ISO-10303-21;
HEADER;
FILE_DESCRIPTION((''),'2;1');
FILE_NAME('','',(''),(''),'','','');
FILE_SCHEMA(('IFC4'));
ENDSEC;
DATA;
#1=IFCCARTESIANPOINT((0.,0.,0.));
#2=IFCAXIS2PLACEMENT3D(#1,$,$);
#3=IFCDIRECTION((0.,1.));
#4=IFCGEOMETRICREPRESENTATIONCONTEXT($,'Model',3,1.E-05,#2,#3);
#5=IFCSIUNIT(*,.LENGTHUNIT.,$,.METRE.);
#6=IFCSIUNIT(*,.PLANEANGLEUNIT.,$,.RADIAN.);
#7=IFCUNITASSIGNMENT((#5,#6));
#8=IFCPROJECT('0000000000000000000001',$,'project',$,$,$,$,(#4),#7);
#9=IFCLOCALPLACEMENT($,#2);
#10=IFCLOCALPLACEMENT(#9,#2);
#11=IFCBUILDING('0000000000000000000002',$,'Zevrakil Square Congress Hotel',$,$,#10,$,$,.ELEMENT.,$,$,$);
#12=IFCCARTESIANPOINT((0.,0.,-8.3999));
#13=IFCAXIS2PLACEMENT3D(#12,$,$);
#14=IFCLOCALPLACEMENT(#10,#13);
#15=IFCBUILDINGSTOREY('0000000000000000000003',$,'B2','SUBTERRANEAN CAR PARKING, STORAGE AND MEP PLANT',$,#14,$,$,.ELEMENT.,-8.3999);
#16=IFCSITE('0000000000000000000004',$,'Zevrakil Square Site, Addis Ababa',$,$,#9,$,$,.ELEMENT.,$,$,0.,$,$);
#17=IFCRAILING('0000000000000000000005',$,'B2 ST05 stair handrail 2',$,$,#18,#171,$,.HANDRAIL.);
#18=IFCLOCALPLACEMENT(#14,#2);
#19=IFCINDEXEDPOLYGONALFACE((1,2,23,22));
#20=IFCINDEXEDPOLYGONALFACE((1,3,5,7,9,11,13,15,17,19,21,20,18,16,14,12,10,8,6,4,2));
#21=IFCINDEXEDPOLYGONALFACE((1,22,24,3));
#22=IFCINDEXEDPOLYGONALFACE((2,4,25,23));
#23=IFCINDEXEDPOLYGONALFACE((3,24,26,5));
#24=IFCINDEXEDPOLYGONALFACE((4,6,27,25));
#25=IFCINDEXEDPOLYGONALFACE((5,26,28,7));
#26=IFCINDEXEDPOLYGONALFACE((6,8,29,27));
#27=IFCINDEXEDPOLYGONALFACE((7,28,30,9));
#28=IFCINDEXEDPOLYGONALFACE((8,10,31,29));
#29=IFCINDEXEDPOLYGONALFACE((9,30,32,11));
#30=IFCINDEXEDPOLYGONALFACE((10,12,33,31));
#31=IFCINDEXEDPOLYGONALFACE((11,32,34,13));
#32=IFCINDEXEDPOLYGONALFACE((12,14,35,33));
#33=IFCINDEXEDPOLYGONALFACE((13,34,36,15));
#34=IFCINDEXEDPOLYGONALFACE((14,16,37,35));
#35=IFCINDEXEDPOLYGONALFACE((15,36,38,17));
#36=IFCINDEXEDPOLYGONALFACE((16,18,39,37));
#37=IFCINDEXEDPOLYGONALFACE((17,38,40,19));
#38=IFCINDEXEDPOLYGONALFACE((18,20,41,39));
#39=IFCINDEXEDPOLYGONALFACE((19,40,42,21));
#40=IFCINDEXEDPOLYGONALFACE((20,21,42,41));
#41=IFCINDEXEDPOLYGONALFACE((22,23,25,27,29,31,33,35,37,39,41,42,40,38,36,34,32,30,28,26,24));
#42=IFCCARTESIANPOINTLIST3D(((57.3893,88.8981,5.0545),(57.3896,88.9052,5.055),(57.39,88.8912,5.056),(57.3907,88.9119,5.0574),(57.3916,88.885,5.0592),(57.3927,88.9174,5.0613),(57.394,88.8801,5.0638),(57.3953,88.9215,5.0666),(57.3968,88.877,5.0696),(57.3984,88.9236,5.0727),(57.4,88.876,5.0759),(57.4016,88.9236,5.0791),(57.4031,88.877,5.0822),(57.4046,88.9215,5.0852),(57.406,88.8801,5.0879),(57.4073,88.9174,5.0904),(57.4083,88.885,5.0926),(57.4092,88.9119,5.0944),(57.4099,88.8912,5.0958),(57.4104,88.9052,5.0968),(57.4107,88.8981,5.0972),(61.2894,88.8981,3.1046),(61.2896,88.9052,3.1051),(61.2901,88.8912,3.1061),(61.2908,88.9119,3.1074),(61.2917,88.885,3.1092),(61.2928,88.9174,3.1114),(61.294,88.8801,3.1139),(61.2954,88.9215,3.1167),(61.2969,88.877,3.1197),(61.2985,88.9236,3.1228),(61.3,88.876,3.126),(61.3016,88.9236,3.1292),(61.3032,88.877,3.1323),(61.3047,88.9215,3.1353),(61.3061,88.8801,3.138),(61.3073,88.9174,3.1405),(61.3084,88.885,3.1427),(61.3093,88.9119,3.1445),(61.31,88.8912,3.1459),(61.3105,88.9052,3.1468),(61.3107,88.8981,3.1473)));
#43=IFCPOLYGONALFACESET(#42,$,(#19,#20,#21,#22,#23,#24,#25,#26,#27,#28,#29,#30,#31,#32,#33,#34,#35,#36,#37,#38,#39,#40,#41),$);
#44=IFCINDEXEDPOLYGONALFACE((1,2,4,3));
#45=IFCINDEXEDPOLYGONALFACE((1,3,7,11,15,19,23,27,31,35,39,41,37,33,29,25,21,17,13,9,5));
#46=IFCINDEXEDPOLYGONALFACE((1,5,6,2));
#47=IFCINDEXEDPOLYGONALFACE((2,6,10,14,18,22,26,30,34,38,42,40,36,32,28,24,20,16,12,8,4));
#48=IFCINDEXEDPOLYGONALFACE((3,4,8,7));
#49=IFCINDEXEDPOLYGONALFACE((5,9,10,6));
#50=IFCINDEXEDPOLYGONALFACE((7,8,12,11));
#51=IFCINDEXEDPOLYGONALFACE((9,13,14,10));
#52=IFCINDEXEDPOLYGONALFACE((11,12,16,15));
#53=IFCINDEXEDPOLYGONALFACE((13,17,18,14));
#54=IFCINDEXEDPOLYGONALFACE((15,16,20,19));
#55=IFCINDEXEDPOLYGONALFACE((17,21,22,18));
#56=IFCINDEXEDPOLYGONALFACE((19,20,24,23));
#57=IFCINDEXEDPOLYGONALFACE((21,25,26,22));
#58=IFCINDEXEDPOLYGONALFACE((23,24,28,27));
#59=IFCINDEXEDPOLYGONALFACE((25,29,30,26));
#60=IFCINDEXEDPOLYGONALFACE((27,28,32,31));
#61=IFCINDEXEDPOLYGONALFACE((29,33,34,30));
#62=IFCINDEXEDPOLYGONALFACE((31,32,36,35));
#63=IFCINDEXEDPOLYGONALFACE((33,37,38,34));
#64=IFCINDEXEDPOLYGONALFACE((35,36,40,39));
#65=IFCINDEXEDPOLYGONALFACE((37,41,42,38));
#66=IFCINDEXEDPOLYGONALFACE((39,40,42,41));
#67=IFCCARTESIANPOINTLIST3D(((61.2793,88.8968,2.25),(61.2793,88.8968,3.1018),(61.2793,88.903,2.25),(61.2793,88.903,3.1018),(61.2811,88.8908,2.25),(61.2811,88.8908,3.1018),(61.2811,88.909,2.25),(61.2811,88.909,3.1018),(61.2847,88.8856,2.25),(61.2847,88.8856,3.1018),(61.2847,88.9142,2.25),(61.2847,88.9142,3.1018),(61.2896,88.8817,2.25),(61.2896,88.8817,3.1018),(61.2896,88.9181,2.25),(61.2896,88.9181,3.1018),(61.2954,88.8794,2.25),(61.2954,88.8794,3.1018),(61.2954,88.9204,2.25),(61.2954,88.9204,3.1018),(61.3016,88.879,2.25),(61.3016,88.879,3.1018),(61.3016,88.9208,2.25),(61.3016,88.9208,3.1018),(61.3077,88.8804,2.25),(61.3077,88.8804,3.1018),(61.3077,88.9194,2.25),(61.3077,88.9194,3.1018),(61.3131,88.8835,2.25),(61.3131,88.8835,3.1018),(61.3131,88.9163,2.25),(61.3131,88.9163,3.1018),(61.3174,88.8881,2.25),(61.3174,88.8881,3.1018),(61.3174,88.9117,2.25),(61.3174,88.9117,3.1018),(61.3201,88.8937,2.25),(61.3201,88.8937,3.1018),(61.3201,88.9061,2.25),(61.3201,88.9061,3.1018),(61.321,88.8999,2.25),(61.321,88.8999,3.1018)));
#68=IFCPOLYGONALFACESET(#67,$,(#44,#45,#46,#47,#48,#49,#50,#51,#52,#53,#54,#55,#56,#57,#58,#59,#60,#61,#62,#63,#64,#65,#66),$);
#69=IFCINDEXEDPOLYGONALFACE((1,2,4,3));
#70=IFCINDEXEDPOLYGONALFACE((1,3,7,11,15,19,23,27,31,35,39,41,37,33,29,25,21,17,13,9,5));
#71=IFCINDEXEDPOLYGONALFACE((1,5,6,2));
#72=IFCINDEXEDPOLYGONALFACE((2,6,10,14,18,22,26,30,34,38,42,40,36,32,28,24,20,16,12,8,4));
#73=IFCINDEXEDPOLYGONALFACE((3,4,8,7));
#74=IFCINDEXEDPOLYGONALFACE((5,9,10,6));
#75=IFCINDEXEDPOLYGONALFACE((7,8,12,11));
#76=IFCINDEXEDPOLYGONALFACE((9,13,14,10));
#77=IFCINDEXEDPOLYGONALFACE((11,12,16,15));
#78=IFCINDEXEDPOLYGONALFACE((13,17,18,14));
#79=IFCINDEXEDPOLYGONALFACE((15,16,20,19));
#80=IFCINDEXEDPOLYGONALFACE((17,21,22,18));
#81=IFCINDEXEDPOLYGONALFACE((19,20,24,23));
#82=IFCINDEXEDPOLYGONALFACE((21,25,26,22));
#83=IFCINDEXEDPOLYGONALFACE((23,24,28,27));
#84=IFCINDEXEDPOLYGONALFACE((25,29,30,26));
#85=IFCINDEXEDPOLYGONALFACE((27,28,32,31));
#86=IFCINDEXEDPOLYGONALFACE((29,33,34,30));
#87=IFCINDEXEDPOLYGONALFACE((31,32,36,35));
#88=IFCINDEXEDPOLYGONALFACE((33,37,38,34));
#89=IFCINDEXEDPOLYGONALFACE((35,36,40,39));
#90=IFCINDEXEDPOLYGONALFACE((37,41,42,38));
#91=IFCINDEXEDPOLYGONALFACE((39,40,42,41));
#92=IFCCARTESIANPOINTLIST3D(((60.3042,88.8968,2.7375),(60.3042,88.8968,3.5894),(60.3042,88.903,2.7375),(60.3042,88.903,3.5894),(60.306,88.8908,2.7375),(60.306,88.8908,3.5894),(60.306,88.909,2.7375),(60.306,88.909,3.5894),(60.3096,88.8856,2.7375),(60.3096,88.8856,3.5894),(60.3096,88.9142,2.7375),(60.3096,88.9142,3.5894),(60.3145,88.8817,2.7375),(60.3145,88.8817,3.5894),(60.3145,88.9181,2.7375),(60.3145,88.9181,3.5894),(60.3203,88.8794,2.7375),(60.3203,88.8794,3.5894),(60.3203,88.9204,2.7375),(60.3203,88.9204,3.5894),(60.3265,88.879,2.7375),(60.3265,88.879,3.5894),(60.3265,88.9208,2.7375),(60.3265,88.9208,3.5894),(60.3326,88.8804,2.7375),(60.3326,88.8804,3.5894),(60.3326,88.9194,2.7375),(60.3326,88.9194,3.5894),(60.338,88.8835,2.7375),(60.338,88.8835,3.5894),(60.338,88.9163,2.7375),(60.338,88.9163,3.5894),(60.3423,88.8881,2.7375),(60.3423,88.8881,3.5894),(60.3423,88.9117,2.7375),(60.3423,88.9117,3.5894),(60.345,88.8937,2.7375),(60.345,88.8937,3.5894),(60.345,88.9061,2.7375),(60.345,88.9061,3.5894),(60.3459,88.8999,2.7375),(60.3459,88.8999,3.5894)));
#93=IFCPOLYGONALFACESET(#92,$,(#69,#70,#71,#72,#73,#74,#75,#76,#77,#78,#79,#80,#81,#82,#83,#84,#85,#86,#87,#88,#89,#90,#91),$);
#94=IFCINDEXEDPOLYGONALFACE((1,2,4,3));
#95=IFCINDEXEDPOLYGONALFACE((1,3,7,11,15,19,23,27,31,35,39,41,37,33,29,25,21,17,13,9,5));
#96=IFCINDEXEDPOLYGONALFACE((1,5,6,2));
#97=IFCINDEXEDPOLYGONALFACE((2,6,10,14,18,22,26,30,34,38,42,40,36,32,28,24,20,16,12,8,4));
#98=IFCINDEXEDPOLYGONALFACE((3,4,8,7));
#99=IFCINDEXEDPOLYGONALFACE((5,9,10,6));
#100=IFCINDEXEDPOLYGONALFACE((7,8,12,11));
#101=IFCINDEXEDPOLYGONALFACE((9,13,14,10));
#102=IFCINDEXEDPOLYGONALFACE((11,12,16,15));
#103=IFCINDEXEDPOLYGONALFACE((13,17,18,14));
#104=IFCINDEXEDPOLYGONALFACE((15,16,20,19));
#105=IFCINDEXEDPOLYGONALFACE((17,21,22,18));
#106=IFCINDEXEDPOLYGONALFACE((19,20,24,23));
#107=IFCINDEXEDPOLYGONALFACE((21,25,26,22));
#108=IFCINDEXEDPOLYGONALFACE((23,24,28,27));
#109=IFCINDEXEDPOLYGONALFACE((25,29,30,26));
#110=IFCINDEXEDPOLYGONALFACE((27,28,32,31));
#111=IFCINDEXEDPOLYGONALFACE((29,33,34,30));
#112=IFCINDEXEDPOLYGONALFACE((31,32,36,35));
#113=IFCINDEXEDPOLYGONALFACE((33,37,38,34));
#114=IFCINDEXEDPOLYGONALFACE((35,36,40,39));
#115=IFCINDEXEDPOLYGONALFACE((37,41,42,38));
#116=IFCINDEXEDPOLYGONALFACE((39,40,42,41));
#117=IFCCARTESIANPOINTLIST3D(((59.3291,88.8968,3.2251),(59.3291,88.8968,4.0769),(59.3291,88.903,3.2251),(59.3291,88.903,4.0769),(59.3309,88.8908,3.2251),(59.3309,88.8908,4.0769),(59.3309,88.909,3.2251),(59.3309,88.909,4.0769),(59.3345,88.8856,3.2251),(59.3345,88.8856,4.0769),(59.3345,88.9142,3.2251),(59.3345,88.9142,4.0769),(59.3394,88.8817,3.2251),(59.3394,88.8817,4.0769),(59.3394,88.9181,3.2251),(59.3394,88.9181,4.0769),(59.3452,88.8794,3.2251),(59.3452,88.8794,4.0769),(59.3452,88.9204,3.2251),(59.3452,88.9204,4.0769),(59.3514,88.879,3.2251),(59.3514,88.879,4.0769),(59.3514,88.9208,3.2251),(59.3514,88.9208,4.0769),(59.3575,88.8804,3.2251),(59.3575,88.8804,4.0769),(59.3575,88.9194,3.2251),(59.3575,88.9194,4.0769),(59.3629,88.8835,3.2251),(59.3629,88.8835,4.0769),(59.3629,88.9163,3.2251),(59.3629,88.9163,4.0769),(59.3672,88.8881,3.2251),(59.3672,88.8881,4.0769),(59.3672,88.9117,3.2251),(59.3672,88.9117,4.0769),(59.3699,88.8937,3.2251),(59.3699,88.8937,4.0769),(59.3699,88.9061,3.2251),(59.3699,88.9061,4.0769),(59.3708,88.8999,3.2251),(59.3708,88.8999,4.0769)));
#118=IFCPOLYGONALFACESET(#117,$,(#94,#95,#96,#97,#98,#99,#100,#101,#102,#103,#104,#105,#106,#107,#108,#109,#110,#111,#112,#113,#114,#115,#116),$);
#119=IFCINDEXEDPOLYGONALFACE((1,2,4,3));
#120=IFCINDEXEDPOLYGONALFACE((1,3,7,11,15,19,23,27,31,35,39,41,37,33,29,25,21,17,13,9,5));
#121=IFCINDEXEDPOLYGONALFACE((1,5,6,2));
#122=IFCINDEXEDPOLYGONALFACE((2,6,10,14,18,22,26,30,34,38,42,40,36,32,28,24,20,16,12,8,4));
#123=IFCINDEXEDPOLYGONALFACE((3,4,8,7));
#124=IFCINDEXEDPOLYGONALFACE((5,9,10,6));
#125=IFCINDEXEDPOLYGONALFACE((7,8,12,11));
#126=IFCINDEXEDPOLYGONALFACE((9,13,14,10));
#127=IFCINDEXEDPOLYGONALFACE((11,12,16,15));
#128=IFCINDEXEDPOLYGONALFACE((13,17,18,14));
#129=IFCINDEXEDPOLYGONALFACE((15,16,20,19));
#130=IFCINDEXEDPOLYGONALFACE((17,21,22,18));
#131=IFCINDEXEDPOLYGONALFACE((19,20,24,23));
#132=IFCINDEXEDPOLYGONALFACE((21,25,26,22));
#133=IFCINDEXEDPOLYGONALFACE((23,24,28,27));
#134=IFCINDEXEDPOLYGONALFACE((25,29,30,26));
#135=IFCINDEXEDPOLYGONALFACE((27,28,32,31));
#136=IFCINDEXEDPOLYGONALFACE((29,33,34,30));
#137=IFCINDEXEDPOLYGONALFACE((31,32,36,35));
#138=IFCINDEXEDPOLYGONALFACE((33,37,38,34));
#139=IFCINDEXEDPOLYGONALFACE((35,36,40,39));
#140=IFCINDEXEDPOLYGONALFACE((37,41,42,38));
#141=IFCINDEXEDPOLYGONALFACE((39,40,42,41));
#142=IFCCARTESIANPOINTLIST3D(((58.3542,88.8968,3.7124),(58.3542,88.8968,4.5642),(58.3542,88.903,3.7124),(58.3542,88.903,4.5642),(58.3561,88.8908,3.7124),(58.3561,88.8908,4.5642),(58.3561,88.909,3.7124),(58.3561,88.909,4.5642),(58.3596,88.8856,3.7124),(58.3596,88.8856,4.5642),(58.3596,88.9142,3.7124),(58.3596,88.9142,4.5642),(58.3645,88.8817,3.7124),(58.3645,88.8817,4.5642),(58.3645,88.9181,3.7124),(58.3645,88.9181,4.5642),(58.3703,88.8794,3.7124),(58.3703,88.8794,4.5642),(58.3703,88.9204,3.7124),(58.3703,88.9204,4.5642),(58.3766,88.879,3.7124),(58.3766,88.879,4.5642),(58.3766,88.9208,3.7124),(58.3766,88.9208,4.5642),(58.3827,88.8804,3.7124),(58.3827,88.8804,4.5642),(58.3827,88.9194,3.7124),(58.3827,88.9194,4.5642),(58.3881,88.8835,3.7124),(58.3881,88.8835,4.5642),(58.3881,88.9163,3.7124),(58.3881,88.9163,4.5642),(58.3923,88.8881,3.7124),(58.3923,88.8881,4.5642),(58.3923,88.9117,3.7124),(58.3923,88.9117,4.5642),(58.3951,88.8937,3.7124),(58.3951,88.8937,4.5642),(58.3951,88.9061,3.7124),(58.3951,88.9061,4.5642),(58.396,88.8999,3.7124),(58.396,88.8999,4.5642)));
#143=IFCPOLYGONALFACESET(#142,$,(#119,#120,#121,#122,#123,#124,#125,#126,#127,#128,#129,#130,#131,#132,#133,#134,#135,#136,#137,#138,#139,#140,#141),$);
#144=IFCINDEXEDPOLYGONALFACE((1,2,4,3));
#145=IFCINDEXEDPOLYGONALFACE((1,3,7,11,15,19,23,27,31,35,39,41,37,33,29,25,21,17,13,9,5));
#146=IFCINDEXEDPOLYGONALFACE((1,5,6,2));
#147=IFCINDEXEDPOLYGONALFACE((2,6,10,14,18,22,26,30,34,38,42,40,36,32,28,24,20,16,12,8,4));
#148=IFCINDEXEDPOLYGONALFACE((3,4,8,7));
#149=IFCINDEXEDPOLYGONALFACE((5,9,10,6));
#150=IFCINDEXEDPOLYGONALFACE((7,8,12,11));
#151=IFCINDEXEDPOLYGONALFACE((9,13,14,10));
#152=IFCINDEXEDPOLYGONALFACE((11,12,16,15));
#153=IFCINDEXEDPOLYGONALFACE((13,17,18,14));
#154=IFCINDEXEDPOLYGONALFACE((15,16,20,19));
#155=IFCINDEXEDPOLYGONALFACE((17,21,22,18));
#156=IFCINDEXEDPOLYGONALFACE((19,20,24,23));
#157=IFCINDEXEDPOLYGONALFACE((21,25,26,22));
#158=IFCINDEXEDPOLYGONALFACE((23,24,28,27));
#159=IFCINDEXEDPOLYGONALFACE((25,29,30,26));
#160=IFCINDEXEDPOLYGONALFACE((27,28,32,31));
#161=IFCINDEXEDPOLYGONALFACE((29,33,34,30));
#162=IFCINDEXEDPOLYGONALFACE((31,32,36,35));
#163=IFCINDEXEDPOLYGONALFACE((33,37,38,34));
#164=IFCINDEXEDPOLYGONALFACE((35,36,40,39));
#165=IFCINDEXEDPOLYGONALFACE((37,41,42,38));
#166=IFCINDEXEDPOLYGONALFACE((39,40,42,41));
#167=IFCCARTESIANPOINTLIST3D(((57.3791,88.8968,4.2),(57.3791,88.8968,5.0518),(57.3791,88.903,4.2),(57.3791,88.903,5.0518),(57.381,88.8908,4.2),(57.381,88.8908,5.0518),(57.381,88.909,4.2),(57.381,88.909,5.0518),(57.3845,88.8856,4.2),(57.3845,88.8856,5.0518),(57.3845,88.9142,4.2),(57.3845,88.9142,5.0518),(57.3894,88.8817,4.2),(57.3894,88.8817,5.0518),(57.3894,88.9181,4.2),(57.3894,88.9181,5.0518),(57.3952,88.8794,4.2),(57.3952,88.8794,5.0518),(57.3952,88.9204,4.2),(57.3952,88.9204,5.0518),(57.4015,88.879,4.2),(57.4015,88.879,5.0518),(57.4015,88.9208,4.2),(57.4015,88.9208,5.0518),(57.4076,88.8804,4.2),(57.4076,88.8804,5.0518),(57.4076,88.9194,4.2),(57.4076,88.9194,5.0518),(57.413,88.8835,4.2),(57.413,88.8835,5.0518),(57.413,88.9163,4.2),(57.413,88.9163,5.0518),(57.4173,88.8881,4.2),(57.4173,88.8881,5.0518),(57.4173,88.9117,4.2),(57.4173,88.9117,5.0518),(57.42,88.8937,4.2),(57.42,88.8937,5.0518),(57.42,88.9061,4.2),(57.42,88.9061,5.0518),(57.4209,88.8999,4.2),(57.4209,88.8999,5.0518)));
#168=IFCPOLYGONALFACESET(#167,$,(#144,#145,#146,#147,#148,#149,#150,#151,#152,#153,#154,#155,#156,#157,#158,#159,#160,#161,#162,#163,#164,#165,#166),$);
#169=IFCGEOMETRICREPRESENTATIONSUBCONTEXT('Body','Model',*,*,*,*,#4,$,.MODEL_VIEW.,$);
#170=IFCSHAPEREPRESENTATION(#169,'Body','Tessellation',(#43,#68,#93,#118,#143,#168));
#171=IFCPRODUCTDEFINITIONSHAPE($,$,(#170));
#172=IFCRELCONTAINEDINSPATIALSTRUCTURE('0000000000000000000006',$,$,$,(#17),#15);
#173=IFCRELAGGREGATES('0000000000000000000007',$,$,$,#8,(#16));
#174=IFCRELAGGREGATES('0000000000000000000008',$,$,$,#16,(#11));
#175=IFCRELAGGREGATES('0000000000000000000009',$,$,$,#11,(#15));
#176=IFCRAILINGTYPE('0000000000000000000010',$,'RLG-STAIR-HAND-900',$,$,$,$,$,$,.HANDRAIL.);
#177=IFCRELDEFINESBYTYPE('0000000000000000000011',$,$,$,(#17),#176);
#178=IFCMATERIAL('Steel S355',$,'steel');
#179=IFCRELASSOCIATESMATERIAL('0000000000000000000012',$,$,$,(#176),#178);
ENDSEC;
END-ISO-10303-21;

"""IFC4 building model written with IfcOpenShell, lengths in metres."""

from ifc_helpers import new_model, si_unit, direction, frame, origin, origin_2d, place, context, subcontext, project, spatial, circle, extrude, material, type_object, element, save


model = new_model("IFC4")

# Units and contexts
model_context = context("Model", 3, precision=1e-05, world=origin(), true_north=direction((0.0, 1.0)))
body_context = subcontext(model_context, "Body", "Model", "MODEL_VIEW")
ifc_project = project(units=[si_unit("LENGTHUNIT", "METRE"), si_unit("PLANEANGLEUNIT", "RADIAN")], contexts=[model_context])

# Site, building, storey
site_placement = place(None, origin())
site = spatial("IfcSite", under=ifc_project, at=site_placement, Name="Zevrakil Square Site, Addis Ababa", CompositionType="ELEMENT", RefElevation=0.0)
building_placement = place(site_placement, origin())
building = spatial("IfcBuilding", under=site, at=building_placement, Name="Zevrakil Square Congress Hotel", CompositionType="ELEMENT")
storey_placement = place(building_placement, frame((0.0, 0.0, -8.3999)))
storey = spatial("IfcBuildingStorey", under=building, at=storey_placement, Name="B2", Description="SUBTERRANEAN CAR PARKING, STORAGE AND MEP PLANT", CompositionType="ELEMENT", Elevation=-8.3999)

# Railing
ifc_material_1 = material(Name="Steel S355", Category="steel")
railing_type_1 = type_object("IfcRailingType", Name="RLG-STAIR-HAND-900", PredefinedType="HANDRAIL", material=ifc_material_1)
railing_1_placement = place(storey_placement, frame((61.3, 88.8999, 2.25)))
element("IfcRailing", 1, at=railing_1_placement, inside=storey, type_object=railing_type_1, Name="B2 ST05 stair handrail 2", PredefinedType="HANDRAIL", context=body_context, shape_type="SweptSolid", body=[
    extrude(circle(Radius=0.0239, at=origin_2d()), frame((0.0, 0.0, 0.876), z_axis=(-0.894438, 0.0, 0.447191), x_axis=(0.0, -1.0, 0.0)), (0.0, 0.0, 1.0), 4.3604),
    extrude(circle(Radius=0.021, at=origin_2d()), origin(), (0.0, 0.0, 1.0), 0.8518),
    extrude(circle(Radius=0.021, at=origin_2d()), frame((-0.9751, 0.0, 0.4875)), (0.0, 0.0, 1.0), 0.8518),
    extrude(circle(Radius=0.021, at=origin_2d()), frame((-1.9502, 0.0, 0.9751)), (0.0, 0.0, 1.0), 0.8518),
    extrude(circle(Radius=0.021, at=origin_2d()), frame((-2.925, 0.0, 1.4624)), (0.0, 0.0, 1.0), 0.8518),
    extrude(circle(Radius=0.021, at=origin_2d()), frame((-3.9001, 0.0, 1.95)), (0.0, 0.0, 1.0), 0.8518),
])

save(model, "model.ifc")
